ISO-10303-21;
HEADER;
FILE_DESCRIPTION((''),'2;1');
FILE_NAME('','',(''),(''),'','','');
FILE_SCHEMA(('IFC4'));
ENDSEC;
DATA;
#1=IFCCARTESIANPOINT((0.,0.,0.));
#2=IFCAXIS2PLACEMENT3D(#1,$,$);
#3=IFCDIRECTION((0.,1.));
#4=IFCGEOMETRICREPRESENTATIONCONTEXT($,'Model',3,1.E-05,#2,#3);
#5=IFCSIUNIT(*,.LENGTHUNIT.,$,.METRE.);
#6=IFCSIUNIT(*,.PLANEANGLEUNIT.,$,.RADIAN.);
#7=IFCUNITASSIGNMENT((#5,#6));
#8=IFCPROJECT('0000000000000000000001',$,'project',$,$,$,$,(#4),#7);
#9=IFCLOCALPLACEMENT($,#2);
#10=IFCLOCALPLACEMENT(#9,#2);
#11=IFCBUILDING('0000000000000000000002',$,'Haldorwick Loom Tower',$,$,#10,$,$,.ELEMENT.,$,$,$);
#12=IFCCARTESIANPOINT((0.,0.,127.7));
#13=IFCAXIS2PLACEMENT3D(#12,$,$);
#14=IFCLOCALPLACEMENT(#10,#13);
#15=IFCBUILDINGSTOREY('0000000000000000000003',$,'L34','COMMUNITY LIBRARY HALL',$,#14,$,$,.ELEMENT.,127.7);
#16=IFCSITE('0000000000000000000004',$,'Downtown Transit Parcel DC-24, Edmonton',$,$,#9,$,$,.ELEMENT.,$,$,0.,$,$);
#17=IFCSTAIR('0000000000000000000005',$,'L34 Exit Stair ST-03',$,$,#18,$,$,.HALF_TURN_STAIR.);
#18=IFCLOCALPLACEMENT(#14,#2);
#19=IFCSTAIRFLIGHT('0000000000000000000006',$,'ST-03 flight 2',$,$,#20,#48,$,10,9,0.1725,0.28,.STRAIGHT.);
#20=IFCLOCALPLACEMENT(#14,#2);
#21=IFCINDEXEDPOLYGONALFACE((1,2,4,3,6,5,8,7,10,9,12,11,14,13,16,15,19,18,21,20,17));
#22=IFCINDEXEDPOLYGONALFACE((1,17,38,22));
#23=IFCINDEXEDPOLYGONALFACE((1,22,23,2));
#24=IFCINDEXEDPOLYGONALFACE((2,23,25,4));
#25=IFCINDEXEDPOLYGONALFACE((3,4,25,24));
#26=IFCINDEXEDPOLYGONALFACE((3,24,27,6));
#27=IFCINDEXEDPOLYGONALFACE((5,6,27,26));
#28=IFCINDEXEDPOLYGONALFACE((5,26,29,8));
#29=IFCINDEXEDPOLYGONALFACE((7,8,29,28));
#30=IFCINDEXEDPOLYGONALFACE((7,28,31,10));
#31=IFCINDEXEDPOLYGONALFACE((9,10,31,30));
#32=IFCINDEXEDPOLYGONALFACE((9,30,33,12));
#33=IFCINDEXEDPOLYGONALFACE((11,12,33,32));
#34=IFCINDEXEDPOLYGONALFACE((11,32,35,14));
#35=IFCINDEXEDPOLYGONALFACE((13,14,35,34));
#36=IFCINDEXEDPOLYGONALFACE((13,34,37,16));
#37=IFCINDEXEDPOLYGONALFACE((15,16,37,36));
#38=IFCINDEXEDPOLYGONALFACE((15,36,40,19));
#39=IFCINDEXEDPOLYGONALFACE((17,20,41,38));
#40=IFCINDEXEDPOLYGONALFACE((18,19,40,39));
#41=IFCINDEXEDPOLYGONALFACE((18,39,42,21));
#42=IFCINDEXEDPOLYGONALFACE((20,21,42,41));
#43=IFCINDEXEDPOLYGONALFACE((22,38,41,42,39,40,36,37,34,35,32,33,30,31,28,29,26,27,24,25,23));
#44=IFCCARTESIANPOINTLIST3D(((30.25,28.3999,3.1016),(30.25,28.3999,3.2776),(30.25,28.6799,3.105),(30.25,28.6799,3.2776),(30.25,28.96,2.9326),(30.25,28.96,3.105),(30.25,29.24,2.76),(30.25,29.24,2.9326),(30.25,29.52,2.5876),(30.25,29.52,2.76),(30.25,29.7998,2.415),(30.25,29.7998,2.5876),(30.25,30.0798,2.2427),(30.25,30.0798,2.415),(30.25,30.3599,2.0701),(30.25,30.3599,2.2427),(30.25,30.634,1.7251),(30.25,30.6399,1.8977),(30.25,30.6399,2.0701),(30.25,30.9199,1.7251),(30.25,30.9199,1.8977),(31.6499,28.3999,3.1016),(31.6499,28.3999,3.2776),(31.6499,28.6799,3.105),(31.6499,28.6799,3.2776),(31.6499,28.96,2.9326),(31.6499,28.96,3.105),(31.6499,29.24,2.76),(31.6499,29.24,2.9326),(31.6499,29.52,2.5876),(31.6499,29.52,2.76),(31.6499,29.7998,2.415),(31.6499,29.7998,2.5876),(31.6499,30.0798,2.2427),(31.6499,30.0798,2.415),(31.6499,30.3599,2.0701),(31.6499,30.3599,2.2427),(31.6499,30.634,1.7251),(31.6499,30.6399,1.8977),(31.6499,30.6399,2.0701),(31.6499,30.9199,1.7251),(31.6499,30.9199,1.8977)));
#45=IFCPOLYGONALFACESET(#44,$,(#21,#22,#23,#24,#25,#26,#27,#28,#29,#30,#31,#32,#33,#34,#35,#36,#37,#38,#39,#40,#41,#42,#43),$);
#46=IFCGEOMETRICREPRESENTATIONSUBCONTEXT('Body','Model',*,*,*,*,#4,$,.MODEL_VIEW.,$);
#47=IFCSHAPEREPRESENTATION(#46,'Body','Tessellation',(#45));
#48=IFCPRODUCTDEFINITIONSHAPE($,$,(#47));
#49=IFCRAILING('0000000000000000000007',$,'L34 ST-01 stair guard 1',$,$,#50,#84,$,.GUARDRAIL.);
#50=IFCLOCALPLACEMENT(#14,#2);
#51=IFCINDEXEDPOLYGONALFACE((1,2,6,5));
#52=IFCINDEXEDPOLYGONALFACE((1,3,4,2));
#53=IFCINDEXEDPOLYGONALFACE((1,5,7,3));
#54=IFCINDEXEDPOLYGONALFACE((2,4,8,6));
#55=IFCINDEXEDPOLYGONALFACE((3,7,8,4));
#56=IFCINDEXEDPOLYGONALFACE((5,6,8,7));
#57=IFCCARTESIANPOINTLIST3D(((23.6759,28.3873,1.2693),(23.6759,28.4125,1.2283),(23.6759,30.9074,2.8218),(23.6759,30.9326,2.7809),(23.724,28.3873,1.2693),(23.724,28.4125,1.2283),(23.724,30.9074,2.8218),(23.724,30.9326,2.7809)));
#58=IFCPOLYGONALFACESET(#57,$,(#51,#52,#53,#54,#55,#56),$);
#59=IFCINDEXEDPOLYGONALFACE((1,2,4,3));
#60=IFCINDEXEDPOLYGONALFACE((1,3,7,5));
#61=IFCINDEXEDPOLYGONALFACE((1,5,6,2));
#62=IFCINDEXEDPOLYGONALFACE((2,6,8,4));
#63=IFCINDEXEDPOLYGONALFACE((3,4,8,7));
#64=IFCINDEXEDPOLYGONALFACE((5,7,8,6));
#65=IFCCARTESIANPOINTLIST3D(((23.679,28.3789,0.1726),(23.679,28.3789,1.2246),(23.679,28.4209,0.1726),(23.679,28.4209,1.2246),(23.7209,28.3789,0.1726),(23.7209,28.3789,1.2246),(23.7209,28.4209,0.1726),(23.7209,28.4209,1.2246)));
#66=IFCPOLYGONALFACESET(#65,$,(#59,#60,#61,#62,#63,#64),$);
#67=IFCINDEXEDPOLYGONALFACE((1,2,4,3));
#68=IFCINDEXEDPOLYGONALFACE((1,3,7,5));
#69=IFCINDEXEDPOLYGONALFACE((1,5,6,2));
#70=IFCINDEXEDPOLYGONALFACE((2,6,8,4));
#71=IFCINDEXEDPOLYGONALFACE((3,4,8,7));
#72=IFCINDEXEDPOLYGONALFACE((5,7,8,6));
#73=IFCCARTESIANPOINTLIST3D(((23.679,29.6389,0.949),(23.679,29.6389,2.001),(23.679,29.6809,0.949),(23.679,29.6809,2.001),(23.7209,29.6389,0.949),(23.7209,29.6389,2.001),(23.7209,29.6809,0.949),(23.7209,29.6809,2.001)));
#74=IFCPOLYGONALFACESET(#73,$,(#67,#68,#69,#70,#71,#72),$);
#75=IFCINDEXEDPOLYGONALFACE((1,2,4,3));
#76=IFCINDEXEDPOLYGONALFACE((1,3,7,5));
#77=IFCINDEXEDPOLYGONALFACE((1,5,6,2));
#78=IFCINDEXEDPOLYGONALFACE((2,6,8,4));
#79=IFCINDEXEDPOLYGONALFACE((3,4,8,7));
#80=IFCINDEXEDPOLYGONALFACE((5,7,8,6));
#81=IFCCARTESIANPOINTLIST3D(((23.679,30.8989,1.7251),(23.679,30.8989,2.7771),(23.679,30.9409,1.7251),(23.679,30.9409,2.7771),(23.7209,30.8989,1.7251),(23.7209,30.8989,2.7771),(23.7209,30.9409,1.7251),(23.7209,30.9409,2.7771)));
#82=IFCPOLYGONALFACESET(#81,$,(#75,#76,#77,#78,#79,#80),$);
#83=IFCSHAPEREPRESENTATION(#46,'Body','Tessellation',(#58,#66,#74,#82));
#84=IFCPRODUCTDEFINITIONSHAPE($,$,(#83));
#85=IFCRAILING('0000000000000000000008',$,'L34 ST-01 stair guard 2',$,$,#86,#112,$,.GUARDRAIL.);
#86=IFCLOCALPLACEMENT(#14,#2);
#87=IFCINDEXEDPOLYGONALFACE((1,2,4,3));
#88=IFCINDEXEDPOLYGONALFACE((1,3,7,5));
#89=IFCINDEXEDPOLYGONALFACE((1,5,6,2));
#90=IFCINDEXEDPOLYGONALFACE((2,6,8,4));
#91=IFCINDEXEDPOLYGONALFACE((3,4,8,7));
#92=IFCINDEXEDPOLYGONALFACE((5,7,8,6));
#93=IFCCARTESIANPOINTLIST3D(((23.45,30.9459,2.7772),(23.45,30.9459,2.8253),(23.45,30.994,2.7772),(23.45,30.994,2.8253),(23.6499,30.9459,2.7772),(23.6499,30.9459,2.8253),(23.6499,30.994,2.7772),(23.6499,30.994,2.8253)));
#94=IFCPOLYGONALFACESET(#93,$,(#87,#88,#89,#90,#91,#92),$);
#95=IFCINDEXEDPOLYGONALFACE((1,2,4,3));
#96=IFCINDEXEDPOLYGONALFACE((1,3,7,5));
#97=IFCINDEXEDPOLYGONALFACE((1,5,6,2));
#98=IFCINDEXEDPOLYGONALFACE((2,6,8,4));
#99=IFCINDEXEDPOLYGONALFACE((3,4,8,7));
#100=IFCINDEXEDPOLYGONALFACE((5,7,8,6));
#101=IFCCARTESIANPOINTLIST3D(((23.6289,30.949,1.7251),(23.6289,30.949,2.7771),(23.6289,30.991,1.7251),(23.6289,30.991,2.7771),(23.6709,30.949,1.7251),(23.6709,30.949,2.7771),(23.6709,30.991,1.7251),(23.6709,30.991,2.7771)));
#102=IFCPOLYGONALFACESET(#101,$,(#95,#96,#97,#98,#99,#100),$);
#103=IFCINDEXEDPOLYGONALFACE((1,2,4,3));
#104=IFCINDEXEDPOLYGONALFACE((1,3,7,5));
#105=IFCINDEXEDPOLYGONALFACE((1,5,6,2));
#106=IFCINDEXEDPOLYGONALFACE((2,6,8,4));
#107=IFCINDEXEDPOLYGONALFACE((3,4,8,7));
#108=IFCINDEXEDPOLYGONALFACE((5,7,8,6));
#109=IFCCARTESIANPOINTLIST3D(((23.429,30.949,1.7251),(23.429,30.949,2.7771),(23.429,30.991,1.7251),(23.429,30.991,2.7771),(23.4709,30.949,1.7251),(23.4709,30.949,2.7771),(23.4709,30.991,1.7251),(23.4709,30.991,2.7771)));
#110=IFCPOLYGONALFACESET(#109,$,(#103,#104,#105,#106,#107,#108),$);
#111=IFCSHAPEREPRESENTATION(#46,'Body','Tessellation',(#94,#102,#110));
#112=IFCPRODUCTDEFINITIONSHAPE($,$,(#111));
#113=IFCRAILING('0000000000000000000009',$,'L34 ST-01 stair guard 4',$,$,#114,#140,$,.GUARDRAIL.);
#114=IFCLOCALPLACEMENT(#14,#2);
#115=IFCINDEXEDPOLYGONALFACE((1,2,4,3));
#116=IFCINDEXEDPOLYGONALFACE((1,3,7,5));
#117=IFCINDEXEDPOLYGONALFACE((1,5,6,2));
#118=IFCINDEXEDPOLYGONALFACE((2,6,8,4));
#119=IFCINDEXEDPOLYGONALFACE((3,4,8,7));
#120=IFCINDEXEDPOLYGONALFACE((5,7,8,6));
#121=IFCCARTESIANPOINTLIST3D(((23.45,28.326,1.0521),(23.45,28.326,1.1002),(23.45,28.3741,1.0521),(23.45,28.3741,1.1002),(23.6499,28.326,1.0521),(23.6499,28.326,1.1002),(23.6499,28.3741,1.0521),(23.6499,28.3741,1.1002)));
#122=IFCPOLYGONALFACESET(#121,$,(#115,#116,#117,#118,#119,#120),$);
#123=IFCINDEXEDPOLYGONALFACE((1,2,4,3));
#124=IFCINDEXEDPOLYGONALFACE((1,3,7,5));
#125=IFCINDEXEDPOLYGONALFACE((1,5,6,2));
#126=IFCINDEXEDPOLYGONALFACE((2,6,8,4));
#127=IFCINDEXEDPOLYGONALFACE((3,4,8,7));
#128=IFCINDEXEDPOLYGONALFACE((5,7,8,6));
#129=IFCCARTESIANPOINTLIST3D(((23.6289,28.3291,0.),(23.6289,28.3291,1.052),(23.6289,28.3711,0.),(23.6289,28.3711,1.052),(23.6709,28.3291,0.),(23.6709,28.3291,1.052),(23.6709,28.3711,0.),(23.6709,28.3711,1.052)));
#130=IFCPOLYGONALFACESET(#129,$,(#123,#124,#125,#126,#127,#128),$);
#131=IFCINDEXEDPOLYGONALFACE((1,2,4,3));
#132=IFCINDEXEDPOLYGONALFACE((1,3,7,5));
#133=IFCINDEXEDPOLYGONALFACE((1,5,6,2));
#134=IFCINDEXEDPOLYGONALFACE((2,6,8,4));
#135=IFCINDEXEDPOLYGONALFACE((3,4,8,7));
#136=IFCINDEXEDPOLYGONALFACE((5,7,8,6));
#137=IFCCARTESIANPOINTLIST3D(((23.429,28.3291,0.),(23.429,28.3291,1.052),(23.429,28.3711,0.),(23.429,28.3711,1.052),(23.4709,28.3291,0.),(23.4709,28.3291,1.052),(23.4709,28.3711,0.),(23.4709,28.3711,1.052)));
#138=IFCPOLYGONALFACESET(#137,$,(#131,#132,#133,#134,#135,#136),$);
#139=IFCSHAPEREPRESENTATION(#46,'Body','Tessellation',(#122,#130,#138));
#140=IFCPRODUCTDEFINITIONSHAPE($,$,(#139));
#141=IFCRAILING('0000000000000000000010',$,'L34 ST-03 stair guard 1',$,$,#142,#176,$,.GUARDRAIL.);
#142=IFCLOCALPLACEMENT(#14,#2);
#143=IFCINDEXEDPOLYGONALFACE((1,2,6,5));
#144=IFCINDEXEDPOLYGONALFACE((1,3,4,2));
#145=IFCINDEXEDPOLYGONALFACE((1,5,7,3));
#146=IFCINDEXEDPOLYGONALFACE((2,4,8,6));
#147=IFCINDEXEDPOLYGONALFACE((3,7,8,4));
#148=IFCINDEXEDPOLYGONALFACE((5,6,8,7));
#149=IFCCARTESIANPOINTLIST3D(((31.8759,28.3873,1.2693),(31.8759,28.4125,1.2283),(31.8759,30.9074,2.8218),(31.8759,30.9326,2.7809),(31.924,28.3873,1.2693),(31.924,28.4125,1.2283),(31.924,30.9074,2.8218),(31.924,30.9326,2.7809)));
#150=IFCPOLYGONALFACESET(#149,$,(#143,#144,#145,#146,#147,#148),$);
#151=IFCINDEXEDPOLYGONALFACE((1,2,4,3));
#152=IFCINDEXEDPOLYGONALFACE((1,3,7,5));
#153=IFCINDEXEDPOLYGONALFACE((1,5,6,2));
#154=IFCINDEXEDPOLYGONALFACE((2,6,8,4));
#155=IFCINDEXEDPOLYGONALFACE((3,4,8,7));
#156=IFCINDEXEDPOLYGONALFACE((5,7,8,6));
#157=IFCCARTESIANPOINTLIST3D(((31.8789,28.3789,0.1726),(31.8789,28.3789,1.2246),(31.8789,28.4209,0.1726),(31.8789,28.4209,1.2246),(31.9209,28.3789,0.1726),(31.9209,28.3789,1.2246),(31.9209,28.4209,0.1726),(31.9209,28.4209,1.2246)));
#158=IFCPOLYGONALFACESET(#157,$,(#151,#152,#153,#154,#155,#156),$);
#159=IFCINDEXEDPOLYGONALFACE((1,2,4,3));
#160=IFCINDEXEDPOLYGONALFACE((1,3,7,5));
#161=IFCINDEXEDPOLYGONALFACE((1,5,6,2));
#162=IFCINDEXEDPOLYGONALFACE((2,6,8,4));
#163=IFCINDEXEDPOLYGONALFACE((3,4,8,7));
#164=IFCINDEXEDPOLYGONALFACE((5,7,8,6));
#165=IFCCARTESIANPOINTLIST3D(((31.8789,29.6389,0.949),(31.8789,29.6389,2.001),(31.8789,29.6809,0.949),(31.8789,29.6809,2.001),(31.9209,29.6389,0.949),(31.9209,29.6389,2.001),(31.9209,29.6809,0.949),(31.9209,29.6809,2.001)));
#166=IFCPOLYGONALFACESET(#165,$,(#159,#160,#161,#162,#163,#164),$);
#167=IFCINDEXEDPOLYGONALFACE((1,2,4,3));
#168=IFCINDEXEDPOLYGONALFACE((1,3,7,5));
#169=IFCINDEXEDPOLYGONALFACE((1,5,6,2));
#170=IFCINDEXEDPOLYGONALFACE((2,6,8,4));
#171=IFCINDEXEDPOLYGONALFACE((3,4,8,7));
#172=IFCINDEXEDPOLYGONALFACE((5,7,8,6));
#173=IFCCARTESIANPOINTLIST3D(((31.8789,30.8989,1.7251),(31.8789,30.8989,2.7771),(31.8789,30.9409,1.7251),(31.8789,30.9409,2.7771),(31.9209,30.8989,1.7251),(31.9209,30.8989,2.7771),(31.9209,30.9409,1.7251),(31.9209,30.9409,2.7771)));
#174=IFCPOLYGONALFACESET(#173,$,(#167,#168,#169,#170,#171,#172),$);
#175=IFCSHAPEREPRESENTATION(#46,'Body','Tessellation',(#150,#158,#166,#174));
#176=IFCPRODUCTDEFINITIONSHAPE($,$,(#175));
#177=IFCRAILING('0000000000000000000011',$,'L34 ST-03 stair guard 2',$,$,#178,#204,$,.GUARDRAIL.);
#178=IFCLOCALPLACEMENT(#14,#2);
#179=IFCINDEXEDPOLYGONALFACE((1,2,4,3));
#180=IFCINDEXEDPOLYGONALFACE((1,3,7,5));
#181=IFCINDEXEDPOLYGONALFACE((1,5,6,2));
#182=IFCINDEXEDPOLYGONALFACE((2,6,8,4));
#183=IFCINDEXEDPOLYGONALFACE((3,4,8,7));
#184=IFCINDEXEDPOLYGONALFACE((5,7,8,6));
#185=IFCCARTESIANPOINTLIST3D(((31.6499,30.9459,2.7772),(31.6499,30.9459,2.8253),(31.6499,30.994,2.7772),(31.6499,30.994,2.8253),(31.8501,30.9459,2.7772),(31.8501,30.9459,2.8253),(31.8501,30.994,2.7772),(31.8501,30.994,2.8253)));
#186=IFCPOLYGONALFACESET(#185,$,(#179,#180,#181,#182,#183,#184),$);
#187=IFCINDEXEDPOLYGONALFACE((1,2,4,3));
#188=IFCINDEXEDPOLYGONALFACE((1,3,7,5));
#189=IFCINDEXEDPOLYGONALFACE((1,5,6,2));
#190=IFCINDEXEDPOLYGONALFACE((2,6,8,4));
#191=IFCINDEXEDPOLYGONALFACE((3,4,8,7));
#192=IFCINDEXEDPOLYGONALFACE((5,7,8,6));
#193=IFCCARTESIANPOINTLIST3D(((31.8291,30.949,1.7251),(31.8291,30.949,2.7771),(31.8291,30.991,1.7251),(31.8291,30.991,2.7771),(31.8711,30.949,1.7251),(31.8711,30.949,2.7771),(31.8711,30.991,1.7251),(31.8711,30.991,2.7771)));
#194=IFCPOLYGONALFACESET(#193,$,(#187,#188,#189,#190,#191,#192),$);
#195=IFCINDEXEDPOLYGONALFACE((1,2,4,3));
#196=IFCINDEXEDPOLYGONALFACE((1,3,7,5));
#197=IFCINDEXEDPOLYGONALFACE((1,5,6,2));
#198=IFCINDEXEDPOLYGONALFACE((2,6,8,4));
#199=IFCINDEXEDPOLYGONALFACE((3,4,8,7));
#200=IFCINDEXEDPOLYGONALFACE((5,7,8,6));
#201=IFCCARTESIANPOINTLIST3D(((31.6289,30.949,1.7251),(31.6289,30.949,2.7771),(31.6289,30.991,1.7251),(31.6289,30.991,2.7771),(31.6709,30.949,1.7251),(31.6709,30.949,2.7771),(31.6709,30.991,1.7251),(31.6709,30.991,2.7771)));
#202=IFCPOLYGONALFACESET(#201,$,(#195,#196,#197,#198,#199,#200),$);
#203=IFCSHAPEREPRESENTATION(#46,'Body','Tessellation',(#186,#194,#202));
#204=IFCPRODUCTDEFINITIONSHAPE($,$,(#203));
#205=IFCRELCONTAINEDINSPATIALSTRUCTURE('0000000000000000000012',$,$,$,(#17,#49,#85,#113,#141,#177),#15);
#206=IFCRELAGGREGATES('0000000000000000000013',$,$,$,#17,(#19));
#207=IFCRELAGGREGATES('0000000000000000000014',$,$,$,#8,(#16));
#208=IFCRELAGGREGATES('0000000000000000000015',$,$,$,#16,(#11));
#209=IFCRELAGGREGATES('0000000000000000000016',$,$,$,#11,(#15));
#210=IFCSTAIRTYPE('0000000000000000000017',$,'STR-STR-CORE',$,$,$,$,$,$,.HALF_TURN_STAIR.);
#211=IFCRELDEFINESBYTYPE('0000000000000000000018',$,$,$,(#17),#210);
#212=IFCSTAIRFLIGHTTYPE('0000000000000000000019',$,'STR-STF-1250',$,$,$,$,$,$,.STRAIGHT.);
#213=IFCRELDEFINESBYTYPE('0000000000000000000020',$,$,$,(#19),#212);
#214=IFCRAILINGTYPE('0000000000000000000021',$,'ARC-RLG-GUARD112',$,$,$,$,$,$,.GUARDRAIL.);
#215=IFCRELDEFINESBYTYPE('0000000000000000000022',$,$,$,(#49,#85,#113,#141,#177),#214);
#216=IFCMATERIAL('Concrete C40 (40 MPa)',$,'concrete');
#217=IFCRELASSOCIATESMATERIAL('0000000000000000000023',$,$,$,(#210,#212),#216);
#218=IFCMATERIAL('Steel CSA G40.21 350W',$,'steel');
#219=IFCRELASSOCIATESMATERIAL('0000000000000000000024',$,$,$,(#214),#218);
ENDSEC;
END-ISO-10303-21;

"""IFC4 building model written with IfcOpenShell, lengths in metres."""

from ifc_helpers import new_model, si_unit, direction, frame, origin, origin_2d, place, context, subcontext, project, spatial, polyline, rectangle, outline, extrude, material, type_object, element, aggregate, save


model = new_model("IFC4")

# Units and contexts
model_context = context("Model", 3, precision=1e-05, world=origin(), true_north=direction((0.0, 1.0)))
body_context = subcontext(model_context, "Body", "Model", "MODEL_VIEW")
ifc_project = project(units=[si_unit("LENGTHUNIT", "METRE"), si_unit("PLANEANGLEUNIT", "RADIAN")], contexts=[model_context])

# Site, building, storey
site_placement = place(None, origin())
site = spatial("IfcSite", under=ifc_project, at=site_placement, Name="Downtown Transit Parcel DC-24, Edmonton", CompositionType="ELEMENT", RefElevation=0.0)
building_placement = place(site_placement, origin())
building = spatial("IfcBuilding", under=site, at=building_placement, Name="Haldorwick Loom Tower", CompositionType="ELEMENT")
storey_placement = place(building_placement, frame((0.0, 0.0, 127.7)))
storey = spatial("IfcBuildingStorey", under=building, at=storey_placement, Name="L34", Description="COMMUNITY LIBRARY HALL", CompositionType="ELEMENT", Elevation=127.7)

# Shared definitions
ifc_material_1 = material(Name="Steel CSA G40.21 350W", Category="steel")

# Shared definitions
ifc_material_2 = material(Name="Concrete C40 (40 MPa)", Category="concrete")
stair_type = type_object("IfcStairType", Name="STR-STR-CORE", PredefinedType="HALF_TURN_STAIR", material=ifc_material_2)
stair_flight_type = type_object("IfcStairFlightType", Name="STR-STF-1250", PredefinedType="STRAIGHT", material=ifc_material_2)

# Stair, stair flight
stair_1_placement = place(storey_placement, origin())
stair_1 = element("IfcStair", 1, at=stair_1_placement, inside=storey, type_object=stair_type, Name="L34 Exit Stair ST-03", PredefinedType="HALF_TURN_STAIR")
stair_flight_1_placement = place(storey_placement, frame((30.95, 30.9199, 1.7251), z_axis=(0.0, 0.0, 1.0), x_axis=(0.0, -1.0, 0.0)))
stair_flight_1 = element("IfcStairFlight", 2, at=stair_flight_1_placement, type_object=stair_flight_type, Name="ST-03 flight 2", NumberOfRisers=10, NumberOfTreads=9, PredefinedType="STRAIGHT", RiserHeight=0.1725, TreadLength=0.28, context=body_context, shape_type="SweptSolid", body=[
    extrude(outline(polyline([(0.0, 0.0), (0.0, 0.1726), (0.28, 0.1726), (0.28, 0.345), (0.5601, 0.345), (0.5601, 0.5176), (0.8401, 0.5176), (0.8401, 0.6899), (1.1201, 0.6899), (1.1201, 0.8625), (1.3999, 0.8625), (1.3999, 1.0349), (1.6799, 1.0349), (1.6799, 1.2075), (1.96, 1.2075), (1.96, 1.3799), (2.24, 1.3799), (2.24, 1.5525), (2.52, 1.5525), (2.52, 1.7251), (2.52, 1.3765), (0.2859, 0.0), (0.0, 0.0)])), frame((0.0, 0.7, 0.0), z_axis=(0.0, -1.0, 0.0), x_axis=(1.0, 0.0, 0.0)), (0.0, 0.0, 1.0), 1.3999),
])
aggregate(stair_1, [stair_flight_1])

# Railings
railing_type_1 = type_object("IfcRailingType", Name="ARC-RLG-GUARD112", PredefinedType="GUARDRAIL", material=ifc_material_1)
railing_1_placement = place(storey_placement, frame((23.7, 28.3999, 0.1726)))
element("IfcRailing", 3, at=railing_1_placement, inside=storey, type_object=railing_type_1, Name="L34 ST-01 stair guard 1", PredefinedType="GUARDRAIL", context=body_context, shape_type="SweptSolid", body=[
    extrude(rectangle(XDim=0.0481, YDim=0.0481, at=origin_2d()), frame((0.0, 0.0, 1.0762), z_axis=(0.0, 0.8514, 0.524516), x_axis=(-1.0, 0.0, 0.0)), (0.0, 0.0, 1.0), 2.96),
    extrude(rectangle(XDim=0.042, YDim=0.042, at=origin_2d()), origin(), (0.0, 0.0, 1.0), 1.052),
    extrude(rectangle(XDim=0.042, YDim=0.042, at=origin_2d()), frame((0.0, 1.26, 0.7764)), (0.0, 0.0, 1.0), 1.052),
    extrude(rectangle(XDim=0.042, YDim=0.042, at=origin_2d()), frame((0.0, 2.52, 1.5525)), (0.0, 0.0, 1.0), 1.052),
])
for number, where, name in (
    (4, (23.6499, 30.97, 1.7251), "L34 ST-01 stair guard 2"),
    (5, (23.6499, 28.3501, 0.0), "L34 ST-01 stair guard 4"),
):
    element("IfcRailing", number, at=place(storey_placement, frame(where)), inside=storey, type_object=railing_type_1, Name=name, PredefinedType="GUARDRAIL", context=body_context, shape_type="SweptSolid", body=[
        extrude(rectangle(XDim=0.0481, YDim=0.0481, at=origin_2d()), frame((0.0, 0.0, 1.0762), z_axis=(-1.0, 0.0, 0.0), x_axis=(0.0, -1.0, 0.0)), (0.0, 0.0, 1.0), 0.2),
        extrude(rectangle(XDim=0.042, YDim=0.042, at=origin_2d()), origin(), (0.0, 0.0, 1.0), 1.052),
        extrude(rectangle(XDim=0.042, YDim=0.042, at=origin_2d()), frame((-0.2, 0.0, 0.0)), (0.0, 0.0, 1.0), 1.052),
    ])
railing_2_placement = place(storey_placement, frame((31.8999, 28.3999, 0.1726)))
element("IfcRailing", 6, at=railing_2_placement, inside=storey, type_object=railing_type_1, Name="L34 ST-03 stair guard 1", PredefinedType="GUARDRAIL", context=body_context, shape_type="SweptSolid", body=[
    extrude(rectangle(XDim=0.0481, YDim=0.0481, at=origin_2d()), frame((0.0, 0.0, 1.0762), z_axis=(0.0, 0.8514, 0.524516), x_axis=(-1.0, 0.0, 0.0)), (0.0, 0.0, 1.0), 2.96),
    extrude(rectangle(XDim=0.042, YDim=0.042, at=origin_2d()), origin(), (0.0, 0.0, 1.0), 1.052),
    extrude(rectangle(XDim=0.042, YDim=0.042, at=origin_2d()), frame((0.0, 1.26, 0.7764)), (0.0, 0.0, 1.0), 1.052),
    extrude(rectangle(XDim=0.042, YDim=0.042, at=origin_2d()), frame((0.0, 2.52, 1.5525)), (0.0, 0.0, 1.0), 1.052),
])
railing_3_placement = place(storey_placement, frame((31.8501, 30.97, 1.7251)))
element("IfcRailing", 7, at=railing_3_placement, inside=storey, type_object=railing_type_1, Name="L34 ST-03 stair guard 2", PredefinedType="GUARDRAIL", context=body_context, shape_type="SweptSolid", body=[
    extrude(rectangle(XDim=0.0481, YDim=0.0481, at=origin_2d()), frame((0.0, 0.0, 1.0762), z_axis=(-1.0, 0.0, 0.0), x_axis=(0.0, -1.0, 0.0)), (0.0, 0.0, 1.0), 0.2002),
    extrude(rectangle(XDim=0.042, YDim=0.042, at=origin_2d()), origin(), (0.0, 0.0, 1.0), 1.052),
    extrude(rectangle(XDim=0.042, YDim=0.042, at=origin_2d()), frame((-0.2002, 0.0, 0.0)), (0.0, 0.0, 1.0), 1.052),
])

save(model, "model.ifc")
